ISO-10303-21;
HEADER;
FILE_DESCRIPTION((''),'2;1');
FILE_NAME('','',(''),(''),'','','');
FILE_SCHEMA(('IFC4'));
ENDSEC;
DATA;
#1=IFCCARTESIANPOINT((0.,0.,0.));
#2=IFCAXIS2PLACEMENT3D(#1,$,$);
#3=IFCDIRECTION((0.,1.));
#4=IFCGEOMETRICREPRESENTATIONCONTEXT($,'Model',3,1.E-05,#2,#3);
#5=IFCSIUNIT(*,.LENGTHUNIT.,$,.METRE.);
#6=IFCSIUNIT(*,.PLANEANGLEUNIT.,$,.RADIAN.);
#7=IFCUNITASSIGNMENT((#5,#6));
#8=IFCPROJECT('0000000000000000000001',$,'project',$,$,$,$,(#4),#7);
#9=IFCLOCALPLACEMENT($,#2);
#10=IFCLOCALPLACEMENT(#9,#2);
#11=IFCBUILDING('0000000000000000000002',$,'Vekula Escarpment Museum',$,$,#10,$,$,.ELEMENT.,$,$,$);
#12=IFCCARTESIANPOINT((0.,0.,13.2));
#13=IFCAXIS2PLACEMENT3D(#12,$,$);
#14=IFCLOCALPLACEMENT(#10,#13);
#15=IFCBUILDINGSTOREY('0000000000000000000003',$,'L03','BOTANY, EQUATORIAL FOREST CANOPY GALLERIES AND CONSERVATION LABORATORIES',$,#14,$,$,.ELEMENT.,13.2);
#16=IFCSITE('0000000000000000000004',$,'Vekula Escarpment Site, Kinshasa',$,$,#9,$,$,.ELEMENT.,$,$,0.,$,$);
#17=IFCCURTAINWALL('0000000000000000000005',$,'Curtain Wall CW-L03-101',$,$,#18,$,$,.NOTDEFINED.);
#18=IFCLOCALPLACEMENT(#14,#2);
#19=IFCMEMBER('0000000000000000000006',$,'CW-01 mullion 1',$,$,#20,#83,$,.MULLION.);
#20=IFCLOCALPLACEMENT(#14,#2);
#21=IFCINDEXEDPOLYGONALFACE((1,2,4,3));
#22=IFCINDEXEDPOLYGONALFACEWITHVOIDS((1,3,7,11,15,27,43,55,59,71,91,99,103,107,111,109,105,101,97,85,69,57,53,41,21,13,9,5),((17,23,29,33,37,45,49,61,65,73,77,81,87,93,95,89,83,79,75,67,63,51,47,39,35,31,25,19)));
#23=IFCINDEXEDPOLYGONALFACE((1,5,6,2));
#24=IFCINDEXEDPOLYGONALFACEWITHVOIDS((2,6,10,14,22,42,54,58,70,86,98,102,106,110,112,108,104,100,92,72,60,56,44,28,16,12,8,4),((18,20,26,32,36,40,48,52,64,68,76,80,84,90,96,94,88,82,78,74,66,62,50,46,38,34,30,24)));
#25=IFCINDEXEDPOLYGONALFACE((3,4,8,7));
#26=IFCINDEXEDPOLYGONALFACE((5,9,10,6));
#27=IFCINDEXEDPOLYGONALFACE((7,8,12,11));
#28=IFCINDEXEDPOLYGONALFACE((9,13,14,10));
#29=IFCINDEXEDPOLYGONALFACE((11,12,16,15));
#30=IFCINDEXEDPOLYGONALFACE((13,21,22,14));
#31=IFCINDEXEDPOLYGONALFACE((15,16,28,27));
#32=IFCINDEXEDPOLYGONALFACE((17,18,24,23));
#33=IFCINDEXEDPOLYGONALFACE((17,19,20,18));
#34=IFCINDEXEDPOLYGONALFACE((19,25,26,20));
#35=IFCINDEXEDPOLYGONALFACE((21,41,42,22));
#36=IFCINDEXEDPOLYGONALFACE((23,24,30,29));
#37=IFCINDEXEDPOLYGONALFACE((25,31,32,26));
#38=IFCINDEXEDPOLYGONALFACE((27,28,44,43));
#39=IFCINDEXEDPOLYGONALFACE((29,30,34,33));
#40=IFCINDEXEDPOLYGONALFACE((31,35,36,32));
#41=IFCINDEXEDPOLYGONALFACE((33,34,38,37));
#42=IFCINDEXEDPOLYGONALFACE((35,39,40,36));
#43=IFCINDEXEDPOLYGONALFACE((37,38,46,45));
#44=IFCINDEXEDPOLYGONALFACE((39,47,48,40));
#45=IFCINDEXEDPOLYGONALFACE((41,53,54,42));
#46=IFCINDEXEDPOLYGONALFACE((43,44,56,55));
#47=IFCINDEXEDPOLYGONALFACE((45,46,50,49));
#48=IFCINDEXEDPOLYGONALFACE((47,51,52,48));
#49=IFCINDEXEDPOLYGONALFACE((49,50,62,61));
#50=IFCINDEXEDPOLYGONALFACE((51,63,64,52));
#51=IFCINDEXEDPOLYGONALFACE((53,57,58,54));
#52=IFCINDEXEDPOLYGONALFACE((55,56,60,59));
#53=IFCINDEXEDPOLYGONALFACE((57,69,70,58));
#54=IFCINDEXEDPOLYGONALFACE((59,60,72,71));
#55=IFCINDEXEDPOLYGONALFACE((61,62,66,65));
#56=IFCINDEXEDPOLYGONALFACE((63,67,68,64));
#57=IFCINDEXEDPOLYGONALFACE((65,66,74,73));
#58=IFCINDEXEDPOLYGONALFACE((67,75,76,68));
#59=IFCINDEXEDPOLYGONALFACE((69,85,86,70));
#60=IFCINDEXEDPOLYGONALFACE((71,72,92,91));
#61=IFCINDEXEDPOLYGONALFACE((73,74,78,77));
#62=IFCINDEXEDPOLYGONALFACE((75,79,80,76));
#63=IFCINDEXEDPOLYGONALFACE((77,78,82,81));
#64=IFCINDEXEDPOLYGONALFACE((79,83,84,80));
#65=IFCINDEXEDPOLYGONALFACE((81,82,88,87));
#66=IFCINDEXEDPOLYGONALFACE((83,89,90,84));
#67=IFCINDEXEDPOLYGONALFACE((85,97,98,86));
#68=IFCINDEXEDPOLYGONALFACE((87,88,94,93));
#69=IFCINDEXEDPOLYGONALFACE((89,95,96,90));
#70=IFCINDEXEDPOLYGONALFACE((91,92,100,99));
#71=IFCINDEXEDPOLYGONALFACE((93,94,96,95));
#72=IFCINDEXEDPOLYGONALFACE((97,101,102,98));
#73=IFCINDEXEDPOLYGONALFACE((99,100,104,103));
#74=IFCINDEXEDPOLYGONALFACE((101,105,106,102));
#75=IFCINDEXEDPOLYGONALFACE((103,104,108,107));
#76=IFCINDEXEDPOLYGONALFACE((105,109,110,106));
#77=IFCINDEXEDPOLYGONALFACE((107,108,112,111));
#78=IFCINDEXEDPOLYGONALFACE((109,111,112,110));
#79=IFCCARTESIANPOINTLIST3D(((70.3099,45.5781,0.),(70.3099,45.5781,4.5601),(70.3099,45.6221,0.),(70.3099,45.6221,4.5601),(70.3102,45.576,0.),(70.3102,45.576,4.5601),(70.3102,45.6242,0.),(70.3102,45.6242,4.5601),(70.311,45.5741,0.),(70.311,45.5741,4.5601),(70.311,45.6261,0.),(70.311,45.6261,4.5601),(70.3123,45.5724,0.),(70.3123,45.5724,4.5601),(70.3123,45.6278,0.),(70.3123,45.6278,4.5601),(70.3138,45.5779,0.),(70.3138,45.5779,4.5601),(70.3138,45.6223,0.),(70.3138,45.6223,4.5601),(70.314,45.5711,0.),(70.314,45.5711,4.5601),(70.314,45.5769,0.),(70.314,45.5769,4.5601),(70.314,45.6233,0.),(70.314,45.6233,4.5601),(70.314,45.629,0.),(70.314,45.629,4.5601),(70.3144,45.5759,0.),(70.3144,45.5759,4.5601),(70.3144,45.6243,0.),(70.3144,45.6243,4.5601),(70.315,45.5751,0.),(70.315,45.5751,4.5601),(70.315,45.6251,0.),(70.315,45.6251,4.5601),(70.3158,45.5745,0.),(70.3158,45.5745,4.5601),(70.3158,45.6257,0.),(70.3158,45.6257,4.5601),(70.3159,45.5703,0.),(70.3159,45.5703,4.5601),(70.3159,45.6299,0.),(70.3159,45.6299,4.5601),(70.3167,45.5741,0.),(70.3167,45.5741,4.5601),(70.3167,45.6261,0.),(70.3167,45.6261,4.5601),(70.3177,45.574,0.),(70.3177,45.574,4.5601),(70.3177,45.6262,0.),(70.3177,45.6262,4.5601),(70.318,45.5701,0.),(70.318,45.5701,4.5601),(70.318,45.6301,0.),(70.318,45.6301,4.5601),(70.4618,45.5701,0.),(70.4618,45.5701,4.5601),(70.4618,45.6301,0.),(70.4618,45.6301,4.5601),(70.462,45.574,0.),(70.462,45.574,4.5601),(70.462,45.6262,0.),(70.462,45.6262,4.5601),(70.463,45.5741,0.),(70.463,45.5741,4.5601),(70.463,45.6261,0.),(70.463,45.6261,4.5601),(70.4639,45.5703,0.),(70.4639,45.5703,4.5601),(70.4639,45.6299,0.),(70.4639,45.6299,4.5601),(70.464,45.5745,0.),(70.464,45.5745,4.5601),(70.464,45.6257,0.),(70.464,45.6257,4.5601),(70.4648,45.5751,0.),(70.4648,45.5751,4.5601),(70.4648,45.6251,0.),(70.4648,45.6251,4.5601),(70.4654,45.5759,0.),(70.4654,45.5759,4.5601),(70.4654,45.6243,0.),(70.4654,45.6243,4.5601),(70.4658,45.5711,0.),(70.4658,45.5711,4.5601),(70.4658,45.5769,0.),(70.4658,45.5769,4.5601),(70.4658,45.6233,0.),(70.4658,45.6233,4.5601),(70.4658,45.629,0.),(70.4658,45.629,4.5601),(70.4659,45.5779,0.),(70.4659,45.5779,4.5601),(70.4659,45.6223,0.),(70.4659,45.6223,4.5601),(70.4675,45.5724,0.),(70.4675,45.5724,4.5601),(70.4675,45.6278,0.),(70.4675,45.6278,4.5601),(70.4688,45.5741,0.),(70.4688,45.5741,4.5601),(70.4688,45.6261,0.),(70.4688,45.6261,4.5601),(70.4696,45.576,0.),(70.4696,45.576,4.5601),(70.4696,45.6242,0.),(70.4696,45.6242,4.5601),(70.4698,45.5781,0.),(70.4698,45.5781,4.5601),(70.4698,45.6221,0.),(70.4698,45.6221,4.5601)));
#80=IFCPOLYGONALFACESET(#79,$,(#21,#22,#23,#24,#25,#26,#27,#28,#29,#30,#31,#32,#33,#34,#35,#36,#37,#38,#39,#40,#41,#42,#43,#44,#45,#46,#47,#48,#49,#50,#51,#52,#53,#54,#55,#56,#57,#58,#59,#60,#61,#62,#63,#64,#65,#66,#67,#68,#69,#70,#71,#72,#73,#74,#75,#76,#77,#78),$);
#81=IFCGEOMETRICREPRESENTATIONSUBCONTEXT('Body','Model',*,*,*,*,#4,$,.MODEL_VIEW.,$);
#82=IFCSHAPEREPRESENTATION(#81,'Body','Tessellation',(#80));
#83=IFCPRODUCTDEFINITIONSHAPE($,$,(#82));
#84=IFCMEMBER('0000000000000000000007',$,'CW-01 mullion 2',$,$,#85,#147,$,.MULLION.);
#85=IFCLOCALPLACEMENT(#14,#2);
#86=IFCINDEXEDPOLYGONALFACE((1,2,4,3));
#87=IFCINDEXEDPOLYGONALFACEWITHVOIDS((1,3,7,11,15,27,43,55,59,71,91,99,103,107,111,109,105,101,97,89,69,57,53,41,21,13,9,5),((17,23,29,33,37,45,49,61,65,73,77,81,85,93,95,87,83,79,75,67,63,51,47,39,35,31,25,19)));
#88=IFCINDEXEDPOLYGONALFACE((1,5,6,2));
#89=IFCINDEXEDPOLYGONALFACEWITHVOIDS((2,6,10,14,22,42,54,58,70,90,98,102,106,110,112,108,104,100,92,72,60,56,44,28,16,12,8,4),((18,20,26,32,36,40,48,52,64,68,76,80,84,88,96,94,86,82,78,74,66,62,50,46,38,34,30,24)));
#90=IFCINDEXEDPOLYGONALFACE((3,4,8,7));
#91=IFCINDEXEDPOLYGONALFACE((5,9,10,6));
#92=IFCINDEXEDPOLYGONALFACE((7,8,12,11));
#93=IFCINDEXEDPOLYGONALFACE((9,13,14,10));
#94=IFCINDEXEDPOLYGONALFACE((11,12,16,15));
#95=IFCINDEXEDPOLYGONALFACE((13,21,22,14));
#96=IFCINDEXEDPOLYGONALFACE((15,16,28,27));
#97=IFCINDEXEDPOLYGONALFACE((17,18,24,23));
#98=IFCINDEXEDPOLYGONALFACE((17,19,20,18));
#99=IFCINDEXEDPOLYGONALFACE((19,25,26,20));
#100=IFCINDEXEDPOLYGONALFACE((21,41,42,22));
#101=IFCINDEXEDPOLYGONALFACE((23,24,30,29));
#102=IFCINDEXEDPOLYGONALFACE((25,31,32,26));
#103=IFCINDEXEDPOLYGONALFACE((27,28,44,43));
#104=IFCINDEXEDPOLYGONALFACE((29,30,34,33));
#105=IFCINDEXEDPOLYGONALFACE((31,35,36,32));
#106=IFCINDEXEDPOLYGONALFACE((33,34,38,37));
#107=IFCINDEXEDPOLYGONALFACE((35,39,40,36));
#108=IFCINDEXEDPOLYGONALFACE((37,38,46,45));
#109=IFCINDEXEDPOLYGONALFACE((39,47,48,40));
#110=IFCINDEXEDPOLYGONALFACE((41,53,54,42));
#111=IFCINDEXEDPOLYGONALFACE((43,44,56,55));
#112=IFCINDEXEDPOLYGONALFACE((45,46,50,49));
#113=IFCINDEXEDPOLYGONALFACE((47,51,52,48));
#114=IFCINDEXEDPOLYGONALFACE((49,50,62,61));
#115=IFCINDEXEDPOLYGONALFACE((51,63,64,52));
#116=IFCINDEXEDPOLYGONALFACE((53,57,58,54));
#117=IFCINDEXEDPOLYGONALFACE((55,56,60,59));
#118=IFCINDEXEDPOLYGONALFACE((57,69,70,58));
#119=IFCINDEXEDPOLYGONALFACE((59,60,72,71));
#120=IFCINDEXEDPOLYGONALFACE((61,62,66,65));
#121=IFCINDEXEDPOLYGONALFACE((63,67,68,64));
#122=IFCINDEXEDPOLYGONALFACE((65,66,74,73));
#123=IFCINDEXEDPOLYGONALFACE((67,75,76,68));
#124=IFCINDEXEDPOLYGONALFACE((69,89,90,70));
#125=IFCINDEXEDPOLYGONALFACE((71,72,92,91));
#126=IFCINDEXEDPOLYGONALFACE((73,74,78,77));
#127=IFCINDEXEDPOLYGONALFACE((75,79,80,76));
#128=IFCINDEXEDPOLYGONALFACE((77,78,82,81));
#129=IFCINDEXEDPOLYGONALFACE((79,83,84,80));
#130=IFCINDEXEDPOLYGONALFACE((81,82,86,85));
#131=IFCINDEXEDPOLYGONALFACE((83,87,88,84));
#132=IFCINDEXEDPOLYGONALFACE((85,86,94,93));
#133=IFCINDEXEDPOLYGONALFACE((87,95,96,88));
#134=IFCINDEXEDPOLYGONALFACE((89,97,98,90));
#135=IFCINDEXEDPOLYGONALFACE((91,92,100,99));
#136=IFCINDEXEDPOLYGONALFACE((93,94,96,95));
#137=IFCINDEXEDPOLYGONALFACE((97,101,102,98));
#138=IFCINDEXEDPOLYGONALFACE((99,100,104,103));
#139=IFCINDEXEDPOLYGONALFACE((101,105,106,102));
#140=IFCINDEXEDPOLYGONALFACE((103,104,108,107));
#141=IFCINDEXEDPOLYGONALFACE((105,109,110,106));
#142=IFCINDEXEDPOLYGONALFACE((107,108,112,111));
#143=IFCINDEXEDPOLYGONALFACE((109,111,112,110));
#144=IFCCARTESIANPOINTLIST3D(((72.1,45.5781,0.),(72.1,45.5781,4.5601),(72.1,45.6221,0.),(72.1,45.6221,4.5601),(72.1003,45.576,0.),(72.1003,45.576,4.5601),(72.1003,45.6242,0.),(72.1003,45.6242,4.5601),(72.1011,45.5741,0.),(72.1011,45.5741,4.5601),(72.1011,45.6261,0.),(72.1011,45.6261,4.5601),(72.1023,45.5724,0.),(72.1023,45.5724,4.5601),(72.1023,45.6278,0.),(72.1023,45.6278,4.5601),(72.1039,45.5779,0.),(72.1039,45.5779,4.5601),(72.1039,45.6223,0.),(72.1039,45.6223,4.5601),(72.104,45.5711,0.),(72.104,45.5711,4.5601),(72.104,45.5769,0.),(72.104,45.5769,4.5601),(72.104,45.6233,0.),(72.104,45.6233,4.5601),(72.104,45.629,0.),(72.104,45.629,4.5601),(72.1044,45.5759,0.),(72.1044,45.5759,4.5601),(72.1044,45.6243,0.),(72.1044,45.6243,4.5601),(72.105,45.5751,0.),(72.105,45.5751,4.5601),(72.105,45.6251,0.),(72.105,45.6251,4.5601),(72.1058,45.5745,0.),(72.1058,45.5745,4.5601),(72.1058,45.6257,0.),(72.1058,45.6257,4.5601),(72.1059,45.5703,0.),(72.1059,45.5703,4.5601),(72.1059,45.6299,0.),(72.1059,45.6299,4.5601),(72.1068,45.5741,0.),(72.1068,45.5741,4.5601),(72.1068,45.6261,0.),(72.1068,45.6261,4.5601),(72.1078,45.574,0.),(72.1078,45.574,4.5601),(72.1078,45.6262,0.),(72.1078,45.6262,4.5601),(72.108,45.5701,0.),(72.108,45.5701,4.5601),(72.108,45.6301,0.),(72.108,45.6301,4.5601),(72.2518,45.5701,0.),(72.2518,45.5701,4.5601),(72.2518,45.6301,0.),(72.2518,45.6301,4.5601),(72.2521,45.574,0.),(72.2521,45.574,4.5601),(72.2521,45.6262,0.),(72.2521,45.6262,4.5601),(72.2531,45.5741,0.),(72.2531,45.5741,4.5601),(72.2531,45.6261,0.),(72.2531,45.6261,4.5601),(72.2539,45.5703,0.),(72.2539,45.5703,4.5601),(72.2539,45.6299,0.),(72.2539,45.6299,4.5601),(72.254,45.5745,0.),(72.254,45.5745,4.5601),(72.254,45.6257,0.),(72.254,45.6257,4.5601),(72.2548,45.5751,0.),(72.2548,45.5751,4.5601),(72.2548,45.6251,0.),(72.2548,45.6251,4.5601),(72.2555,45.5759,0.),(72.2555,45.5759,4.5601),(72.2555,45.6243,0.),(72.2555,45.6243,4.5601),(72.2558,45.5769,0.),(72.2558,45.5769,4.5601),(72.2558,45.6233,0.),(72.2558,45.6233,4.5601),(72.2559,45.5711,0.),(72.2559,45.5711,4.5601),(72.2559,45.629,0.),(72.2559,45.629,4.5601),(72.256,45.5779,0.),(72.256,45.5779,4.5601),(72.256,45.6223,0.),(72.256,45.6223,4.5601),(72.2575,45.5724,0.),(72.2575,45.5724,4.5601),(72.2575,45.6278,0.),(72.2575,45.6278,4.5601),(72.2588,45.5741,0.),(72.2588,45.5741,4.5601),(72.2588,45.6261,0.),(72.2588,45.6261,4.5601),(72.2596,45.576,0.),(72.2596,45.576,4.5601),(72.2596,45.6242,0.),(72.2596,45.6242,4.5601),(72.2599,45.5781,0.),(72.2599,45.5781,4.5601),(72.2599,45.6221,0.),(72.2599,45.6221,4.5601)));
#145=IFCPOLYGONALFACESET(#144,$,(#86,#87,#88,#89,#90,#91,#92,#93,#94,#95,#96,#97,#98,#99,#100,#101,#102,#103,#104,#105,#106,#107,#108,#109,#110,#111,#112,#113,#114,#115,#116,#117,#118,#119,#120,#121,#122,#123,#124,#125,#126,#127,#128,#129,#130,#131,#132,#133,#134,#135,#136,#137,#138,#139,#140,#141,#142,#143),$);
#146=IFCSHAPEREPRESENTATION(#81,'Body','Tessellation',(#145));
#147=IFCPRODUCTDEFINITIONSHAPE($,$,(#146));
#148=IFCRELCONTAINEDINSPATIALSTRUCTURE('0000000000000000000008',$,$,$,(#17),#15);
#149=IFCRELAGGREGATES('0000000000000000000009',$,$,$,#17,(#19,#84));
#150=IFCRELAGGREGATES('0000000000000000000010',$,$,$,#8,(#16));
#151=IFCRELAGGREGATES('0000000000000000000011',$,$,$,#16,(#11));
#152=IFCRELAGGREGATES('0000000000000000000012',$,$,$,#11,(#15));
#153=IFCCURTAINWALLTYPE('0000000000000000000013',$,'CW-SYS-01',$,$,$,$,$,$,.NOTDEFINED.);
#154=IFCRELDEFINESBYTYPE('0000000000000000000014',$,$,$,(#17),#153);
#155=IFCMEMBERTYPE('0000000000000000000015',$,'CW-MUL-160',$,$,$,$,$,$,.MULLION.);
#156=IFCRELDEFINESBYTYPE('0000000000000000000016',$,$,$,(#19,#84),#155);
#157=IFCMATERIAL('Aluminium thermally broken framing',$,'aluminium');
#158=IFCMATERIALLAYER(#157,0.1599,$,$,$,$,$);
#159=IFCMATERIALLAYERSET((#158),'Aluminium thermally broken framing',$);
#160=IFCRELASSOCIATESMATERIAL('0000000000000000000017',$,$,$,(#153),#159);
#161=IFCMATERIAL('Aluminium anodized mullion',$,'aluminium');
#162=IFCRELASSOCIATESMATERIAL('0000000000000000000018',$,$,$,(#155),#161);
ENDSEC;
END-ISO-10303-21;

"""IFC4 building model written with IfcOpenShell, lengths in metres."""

from ifc_helpers import new_model, si_unit, direction, frame, origin, origin_2d, place, context, subcontext, project, spatial, hollow_rectangle, extrude, material, layer, layer_set, material_profile, profile_set, type_object, element, aggregate, save


model = new_model("IFC4")

# Units and contexts
model_context = context("Model", 3, precision=1e-05, world=origin(), true_north=direction((0.0, 1.0)))
body_context = subcontext(model_context, "Body", "Model", "MODEL_VIEW")
ifc_project = project(units=[si_unit("LENGTHUNIT", "METRE"), si_unit("PLANEANGLEUNIT", "RADIAN")], contexts=[model_context])

# Site, building, storey
site_placement = place(None, origin())
site = spatial("IfcSite", under=ifc_project, at=site_placement, Name="Vekula Escarpment Site, Kinshasa", CompositionType="ELEMENT", RefElevation=0.0)
building_placement = place(site_placement, origin())
building = spatial("IfcBuilding", under=site, at=building_placement, Name="Vekula Escarpment Museum", CompositionType="ELEMENT")
storey_placement = place(building_placement, frame((0.0, 0.0, 13.2)))
storey = spatial("IfcBuildingStorey", under=building, at=storey_placement, Name="L03", Description="BOTANY, EQUATORIAL FOREST CANOPY GALLERIES AND CONSERVATION LABORATORIES", CompositionType="ELEMENT", Elevation=13.2)

# Curtain wall, members
ifc_material_1 = material(Name="Aluminium thermally broken framing", Category="aluminium")
ifc_layer_1 = layer(ifc_material_1, 0.1599)
ifc_layer_set_1 = layer_set([ifc_layer_1], Name="Aluminium thermally broken framing")
curtain_wall_type = type_object("IfcCurtainWallType", Name="CW-SYS-01", PredefinedType="NOTDEFINED", material=ifc_layer_set_1)
curtain_wall_placement = place(storey_placement, origin())
curtain_wall = element("IfcCurtainWall", 1, at=curtain_wall_placement, inside=storey, type_object=curtain_wall_type, Name="Curtain Wall CW-L03-101", PredefinedType="NOTDEFINED")
ifc_material_2 = material(Name="Aluminium anodized mullion", Category="aluminium")
ifc_material_profile_1 = material_profile(ifc_material_2, hollow_rectangle(XDim=0.0601, YDim=0.1599, WallThickness=0.0039, InnerFilletRadius=0.0039, OuterFilletRadius=0.0081, at=origin_2d()), Name="ALU 160x60x4")
ifc_profile_set_1 = profile_set([ifc_material_profile_1], Name="Aluminium anodized mullion")
member_type_1 = type_object("IfcMemberType", Name="CW-MUL-160", PredefinedType="MULLION", material=ifc_profile_set_1)
member_1_placement = place(storey_placement, frame((70.3899, 45.6001, 0.0), z_axis=(0.0, 0.0, 1.0), x_axis=(0.0, 1.0, 0.0)))
member_1 = element("IfcMember", 2, at=member_1_placement, type_object=member_type_1, Name="CW-01 mullion 1", PredefinedType="MULLION", context=body_context, shape_type="SweptSolid", body=[
    extrude(hollow_rectangle(XDim=0.0601, YDim=0.1599, WallThickness=0.0039, InnerFilletRadius=0.0039, OuterFilletRadius=0.0081, at=origin_2d()), origin(), (0.0, 0.0, 1.0), 4.5601),
])
member_2_placement = place(storey_placement, frame((72.1799, 45.6001, 0.0), z_axis=(0.0, 0.0, 1.0), x_axis=(0.0, 1.0, 0.0)))
member_2 = element("IfcMember", 3, at=member_2_placement, type_object=member_type_1, Name="CW-01 mullion 2", PredefinedType="MULLION", context=body_context, shape_type="SweptSolid", body=[
    extrude(hollow_rectangle(XDim=0.0601, YDim=0.1599, WallThickness=0.0039, InnerFilletRadius=0.0039, OuterFilletRadius=0.0081, at=origin_2d()), origin(), (0.0, 0.0, 1.0), 4.5601),
])

aggregate(curtain_wall, [member_1, member_2])

save(model, "model.ifc")
